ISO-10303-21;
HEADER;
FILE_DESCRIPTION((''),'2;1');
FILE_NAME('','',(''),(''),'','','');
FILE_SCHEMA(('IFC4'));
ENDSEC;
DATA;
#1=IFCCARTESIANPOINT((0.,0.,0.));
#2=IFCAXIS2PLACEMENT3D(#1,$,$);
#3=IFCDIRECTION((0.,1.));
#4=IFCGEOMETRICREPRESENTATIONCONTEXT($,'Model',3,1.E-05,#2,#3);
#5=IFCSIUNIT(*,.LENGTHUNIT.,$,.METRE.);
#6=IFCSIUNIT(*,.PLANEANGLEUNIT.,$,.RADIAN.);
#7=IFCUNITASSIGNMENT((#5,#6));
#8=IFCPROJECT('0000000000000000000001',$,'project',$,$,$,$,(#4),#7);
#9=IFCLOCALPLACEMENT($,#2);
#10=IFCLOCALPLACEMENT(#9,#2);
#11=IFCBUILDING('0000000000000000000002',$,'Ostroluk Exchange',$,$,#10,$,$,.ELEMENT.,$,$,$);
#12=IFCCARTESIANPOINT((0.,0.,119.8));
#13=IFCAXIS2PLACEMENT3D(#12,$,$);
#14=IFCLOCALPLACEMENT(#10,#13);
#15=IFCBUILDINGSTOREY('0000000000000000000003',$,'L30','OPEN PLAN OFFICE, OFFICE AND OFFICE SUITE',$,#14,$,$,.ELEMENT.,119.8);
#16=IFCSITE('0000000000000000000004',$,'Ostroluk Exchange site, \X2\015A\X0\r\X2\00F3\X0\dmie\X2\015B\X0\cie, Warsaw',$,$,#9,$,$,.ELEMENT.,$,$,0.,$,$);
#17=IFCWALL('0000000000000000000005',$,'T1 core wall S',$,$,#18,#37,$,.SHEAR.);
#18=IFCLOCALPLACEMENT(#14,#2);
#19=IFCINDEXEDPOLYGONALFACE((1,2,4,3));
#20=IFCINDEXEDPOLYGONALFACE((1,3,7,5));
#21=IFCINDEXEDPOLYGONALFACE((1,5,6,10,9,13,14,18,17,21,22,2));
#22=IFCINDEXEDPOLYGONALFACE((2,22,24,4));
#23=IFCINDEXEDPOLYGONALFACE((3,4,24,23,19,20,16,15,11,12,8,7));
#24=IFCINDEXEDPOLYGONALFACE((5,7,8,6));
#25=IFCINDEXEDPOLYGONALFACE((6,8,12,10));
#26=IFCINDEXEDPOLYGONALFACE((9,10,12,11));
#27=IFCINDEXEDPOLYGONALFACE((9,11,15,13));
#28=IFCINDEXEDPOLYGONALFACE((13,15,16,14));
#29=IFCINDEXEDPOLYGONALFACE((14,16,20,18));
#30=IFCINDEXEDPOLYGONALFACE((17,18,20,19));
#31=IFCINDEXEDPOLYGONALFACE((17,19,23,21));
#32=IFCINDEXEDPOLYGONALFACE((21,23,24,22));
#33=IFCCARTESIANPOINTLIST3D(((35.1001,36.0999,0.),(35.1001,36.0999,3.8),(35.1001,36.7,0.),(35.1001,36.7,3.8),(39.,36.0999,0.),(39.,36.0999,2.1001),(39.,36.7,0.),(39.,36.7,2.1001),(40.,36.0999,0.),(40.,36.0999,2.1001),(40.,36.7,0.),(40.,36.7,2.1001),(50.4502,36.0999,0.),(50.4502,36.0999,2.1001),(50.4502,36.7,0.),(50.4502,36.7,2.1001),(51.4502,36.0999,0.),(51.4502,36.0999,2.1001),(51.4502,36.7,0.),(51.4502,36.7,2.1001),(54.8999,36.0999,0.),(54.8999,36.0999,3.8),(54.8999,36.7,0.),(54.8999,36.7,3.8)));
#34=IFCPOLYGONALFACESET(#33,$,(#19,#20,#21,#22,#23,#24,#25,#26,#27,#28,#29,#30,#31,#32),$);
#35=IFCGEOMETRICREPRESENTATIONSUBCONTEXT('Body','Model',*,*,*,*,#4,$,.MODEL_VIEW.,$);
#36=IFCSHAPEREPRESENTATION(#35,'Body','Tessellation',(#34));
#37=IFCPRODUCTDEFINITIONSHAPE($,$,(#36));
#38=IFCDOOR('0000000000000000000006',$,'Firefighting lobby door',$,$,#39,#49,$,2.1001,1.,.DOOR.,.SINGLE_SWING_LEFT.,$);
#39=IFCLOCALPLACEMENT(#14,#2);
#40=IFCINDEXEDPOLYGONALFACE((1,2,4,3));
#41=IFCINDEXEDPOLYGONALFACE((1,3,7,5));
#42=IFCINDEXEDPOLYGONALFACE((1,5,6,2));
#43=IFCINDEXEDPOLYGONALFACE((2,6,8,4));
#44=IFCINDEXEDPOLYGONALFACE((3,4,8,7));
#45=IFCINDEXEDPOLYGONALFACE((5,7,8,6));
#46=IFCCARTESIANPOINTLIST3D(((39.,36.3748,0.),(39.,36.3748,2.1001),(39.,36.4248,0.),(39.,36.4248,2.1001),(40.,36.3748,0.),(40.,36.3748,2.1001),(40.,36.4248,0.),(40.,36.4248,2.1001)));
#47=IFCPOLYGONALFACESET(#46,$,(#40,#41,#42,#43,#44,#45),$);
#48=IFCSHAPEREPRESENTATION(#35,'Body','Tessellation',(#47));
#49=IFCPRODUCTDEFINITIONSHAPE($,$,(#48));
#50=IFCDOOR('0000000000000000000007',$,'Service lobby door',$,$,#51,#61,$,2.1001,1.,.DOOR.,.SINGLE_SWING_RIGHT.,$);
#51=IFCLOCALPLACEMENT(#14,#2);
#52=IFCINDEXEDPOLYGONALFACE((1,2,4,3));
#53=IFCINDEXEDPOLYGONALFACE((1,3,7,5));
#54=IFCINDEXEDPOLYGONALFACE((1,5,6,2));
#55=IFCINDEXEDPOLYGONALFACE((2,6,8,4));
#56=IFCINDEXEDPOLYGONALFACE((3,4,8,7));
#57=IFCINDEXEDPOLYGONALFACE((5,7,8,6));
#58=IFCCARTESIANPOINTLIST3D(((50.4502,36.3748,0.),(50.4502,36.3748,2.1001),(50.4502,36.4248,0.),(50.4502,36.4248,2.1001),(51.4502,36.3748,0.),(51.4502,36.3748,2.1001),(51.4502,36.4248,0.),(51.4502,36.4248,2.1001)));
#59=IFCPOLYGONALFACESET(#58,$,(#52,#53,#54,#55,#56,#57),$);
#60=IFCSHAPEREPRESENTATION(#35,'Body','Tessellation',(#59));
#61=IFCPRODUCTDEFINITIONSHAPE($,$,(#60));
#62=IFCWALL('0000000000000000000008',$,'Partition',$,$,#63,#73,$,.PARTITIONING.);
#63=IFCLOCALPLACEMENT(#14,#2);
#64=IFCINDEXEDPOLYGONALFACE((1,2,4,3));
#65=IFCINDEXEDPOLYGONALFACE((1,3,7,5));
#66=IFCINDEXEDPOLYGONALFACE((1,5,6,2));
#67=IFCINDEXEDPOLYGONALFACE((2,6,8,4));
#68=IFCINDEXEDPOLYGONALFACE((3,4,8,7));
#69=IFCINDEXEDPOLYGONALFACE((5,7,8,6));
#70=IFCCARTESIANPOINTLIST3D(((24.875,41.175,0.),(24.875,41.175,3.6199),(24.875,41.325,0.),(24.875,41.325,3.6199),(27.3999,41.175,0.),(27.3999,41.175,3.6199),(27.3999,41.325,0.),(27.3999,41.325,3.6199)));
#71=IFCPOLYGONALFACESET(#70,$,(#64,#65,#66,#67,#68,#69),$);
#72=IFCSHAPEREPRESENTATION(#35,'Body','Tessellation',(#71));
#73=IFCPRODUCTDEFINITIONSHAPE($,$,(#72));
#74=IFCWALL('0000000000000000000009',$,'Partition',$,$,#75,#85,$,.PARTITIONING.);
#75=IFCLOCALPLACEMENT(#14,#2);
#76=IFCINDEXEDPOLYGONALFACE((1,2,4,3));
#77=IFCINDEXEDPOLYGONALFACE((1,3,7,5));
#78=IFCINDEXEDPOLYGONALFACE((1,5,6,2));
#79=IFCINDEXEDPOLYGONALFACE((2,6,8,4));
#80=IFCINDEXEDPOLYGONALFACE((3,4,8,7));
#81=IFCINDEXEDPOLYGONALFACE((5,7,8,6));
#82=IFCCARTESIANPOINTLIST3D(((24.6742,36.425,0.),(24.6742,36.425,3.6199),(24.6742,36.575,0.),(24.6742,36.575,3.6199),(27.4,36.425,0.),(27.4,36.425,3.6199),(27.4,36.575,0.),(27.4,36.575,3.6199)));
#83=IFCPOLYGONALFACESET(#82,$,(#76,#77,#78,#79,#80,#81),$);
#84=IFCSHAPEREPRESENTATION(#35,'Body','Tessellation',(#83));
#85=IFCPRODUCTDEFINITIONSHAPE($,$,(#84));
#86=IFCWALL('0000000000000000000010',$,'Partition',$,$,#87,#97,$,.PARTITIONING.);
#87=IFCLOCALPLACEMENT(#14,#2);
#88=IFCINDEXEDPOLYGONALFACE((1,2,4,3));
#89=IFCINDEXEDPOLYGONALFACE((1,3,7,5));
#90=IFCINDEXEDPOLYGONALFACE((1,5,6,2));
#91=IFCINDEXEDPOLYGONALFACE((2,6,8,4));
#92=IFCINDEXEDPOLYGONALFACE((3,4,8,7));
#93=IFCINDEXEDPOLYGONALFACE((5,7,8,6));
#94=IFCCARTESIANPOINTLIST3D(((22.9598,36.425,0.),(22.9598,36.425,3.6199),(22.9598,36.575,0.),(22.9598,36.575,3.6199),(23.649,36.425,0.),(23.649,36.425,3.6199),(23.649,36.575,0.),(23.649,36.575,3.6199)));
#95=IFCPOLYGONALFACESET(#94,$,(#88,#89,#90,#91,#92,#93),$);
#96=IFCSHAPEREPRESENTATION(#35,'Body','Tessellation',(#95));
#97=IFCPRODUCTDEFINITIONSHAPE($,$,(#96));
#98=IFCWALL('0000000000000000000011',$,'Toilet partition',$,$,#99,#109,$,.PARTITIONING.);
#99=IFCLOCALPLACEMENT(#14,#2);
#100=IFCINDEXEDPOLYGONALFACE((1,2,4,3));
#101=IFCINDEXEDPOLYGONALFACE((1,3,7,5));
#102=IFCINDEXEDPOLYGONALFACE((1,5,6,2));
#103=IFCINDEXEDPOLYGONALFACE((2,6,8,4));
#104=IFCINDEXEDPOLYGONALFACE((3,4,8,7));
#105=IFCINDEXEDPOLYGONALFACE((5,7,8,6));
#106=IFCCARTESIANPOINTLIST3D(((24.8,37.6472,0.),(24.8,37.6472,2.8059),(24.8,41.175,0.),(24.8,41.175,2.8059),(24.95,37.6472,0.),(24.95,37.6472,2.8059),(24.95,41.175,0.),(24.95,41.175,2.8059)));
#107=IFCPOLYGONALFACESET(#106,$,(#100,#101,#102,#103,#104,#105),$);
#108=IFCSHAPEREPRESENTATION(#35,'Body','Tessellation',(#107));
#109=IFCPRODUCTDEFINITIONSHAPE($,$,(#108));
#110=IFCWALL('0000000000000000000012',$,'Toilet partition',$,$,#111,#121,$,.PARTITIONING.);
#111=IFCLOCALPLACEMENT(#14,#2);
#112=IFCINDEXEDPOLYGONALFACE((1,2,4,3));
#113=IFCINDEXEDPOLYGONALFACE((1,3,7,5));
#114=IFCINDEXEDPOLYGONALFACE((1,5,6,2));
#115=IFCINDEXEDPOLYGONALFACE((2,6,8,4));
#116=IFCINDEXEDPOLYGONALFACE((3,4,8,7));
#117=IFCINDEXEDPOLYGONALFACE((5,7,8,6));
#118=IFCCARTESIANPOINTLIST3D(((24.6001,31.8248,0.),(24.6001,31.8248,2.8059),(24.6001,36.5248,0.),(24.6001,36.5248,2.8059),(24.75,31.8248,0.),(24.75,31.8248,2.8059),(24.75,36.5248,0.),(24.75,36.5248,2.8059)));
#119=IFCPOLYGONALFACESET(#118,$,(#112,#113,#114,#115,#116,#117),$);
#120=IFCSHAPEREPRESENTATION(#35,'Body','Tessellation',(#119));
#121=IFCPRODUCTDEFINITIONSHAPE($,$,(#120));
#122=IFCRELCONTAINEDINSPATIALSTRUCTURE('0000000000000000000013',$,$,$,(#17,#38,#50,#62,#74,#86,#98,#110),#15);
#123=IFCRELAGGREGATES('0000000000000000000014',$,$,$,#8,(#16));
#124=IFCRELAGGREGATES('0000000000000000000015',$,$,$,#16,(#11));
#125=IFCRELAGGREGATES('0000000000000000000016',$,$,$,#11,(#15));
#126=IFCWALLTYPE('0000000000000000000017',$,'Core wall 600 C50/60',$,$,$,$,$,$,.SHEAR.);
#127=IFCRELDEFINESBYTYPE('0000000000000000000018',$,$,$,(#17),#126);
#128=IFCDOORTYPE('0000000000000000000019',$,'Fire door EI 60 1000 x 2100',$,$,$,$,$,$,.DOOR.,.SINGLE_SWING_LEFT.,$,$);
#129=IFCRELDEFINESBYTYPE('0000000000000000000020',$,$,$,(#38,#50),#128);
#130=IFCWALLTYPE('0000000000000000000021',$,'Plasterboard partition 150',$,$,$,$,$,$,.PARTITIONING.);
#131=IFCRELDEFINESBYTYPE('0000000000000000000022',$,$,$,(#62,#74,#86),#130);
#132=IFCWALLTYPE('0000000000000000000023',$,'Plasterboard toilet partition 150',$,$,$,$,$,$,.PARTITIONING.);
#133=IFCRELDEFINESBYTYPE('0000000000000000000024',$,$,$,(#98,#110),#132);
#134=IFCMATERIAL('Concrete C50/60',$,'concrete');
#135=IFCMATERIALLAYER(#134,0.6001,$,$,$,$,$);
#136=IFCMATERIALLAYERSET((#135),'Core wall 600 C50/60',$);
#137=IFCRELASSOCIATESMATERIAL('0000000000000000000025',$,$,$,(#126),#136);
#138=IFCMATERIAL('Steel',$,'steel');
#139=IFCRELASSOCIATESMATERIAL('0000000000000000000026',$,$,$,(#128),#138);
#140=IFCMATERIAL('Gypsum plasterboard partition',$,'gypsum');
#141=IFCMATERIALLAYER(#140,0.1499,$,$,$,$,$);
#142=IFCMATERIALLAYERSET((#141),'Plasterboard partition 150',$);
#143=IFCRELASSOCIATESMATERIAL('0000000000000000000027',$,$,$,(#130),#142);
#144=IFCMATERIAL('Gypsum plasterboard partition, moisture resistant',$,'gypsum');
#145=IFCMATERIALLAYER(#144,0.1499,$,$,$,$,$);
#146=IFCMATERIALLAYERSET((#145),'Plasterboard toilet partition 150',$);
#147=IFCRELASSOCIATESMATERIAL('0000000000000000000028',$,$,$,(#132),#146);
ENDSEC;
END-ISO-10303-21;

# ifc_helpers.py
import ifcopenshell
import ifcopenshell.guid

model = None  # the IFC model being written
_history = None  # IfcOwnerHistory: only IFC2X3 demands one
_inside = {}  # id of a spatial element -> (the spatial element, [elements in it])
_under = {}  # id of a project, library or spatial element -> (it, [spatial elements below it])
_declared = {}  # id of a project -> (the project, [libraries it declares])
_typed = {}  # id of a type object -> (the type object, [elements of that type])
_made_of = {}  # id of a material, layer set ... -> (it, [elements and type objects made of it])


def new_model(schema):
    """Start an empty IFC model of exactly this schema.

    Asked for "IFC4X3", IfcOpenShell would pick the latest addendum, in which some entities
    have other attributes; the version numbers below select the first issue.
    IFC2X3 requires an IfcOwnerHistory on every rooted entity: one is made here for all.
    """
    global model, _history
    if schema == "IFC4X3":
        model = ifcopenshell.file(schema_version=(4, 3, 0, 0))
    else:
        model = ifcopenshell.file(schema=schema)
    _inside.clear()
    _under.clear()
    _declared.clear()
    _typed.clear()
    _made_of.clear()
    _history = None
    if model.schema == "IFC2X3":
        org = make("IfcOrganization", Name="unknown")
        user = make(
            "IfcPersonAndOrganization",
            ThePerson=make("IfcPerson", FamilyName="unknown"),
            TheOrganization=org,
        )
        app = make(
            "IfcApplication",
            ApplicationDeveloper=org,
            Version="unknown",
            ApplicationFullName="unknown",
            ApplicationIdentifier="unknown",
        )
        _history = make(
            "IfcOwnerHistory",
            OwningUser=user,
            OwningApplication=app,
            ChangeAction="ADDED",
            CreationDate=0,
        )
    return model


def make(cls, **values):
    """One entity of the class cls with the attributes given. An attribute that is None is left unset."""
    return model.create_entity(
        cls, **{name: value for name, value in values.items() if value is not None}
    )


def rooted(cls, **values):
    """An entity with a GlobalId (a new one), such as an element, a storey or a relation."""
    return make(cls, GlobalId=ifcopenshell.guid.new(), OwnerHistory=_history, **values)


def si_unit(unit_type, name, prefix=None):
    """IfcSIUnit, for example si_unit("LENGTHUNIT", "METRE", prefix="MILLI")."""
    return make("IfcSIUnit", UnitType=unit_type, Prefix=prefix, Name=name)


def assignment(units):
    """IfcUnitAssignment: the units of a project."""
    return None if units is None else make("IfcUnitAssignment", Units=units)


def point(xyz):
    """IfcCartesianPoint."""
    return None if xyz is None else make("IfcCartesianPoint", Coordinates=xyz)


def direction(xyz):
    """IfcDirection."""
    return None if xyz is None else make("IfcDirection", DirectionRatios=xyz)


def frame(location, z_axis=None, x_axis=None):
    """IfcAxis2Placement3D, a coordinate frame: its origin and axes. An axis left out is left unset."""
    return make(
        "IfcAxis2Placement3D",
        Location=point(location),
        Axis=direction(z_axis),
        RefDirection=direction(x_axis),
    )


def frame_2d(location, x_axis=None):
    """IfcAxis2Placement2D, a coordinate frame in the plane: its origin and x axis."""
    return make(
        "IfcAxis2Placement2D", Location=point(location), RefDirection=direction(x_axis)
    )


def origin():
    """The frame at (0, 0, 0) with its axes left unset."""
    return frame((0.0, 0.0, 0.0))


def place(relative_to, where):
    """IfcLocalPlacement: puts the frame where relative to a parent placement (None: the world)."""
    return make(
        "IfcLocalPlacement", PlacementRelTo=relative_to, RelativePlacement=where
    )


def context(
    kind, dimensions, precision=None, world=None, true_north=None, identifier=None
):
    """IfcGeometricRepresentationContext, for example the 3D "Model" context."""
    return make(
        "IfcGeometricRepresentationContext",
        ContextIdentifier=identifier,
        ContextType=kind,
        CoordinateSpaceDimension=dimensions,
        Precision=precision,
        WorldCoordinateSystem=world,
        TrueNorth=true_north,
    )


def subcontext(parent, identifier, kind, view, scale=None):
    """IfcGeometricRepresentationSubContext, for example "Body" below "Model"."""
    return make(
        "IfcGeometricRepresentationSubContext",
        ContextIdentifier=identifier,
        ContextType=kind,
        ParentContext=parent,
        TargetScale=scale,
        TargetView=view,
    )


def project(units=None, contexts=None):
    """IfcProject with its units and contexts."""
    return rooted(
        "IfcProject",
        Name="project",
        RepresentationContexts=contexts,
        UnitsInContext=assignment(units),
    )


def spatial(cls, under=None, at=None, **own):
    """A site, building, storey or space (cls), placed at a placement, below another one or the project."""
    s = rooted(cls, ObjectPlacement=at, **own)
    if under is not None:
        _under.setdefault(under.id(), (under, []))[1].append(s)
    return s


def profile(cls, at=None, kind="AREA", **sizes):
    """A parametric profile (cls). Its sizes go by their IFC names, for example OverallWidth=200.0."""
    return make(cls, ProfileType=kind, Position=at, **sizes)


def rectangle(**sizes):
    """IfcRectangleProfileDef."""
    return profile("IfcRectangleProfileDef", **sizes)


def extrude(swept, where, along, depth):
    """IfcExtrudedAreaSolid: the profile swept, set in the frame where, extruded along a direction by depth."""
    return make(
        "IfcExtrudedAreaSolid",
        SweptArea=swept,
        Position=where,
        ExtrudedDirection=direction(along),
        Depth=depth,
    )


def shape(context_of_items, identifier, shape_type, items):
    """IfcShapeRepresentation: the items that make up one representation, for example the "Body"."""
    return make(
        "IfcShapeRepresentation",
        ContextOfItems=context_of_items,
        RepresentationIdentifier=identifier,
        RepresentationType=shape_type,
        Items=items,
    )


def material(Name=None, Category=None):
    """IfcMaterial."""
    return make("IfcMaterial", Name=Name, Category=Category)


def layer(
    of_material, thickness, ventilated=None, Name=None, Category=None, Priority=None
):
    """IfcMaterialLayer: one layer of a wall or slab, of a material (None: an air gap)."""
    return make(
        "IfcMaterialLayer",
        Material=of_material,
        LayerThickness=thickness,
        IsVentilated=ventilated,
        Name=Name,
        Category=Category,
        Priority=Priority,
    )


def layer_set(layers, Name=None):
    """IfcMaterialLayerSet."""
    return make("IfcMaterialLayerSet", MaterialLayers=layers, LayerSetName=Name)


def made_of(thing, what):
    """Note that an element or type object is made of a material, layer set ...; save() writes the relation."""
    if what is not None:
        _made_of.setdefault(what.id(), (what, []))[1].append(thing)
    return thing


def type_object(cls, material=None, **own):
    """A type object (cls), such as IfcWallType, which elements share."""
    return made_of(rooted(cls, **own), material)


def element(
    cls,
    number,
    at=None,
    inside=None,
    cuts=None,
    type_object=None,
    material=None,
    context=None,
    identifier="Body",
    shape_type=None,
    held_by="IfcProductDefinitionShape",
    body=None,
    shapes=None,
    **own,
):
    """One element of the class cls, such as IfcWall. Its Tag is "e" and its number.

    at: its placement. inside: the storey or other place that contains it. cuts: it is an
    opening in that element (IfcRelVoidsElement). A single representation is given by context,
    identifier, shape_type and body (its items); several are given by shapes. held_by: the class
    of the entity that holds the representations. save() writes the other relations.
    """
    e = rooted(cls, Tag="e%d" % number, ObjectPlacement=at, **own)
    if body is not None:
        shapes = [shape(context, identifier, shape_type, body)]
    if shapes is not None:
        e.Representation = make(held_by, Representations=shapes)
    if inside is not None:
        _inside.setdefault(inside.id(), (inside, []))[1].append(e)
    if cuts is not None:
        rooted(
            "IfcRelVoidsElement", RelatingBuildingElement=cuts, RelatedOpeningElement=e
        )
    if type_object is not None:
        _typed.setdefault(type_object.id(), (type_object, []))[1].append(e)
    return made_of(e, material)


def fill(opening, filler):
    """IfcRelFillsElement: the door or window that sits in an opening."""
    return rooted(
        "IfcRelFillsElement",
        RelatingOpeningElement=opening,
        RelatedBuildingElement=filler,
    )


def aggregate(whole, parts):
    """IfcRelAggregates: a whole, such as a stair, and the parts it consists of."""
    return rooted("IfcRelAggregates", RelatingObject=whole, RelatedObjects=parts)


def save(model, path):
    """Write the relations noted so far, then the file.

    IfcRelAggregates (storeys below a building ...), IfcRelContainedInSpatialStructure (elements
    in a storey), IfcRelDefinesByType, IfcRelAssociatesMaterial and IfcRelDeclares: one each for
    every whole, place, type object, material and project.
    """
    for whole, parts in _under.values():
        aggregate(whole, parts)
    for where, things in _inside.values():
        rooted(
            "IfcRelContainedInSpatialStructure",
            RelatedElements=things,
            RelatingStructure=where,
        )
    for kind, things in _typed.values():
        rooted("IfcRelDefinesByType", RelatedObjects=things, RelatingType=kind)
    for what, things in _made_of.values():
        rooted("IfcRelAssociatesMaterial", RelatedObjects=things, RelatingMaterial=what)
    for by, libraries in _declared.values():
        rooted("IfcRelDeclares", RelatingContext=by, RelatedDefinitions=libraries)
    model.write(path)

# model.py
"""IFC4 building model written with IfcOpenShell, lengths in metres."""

from ifc_helpers import new_model, si_unit, direction, frame, frame_2d, origin, place, context, subcontext, project, spatial, rectangle, extrude, material, layer, layer_set, type_object, element, fill, save


model = new_model("IFC4")

# Units and contexts
model_context = context("Model", 3, precision=1e-05, world=origin(), true_north=direction((0.0, 1.0)))
body_context = subcontext(model_context, "Body", "Model", "MODEL_VIEW")
ifc_project = project(units=[si_unit("LENGTHUNIT", "METRE"), si_unit("PLANEANGLEUNIT", "RADIAN")], contexts=[model_context])

# Site, building, storey
site_placement = place(None, origin())
site = spatial("IfcSite", under=ifc_project, at=site_placement, Name="Ostroluk Exchange site, Śródmieście, Warsaw", CompositionType="ELEMENT", RefElevation=0.0)
building_placement = place(site_placement, origin())
building = spatial("IfcBuilding", under=site, at=building_placement, Name="Ostroluk Exchange", CompositionType="ELEMENT")
storey_placement = place(building_placement, frame((0.0, 0.0, 119.8)))
storey = spatial("IfcBuildingStorey", under=building, at=storey_placement, Name="L30", Description="OPEN PLAN OFFICE, OFFICE AND OFFICE SUITE", CompositionType="ELEMENT", Elevation=119.8)

# Wall, openings, doors
ifc_material_1 = material(Name="Concrete C50/60", Category="concrete")
ifc_layer_1 = layer(ifc_material_1, 0.6001)
ifc_layer_set_1 = layer_set([ifc_layer_1], Name="Core wall 600 C50/60")
wall_type_1 = type_object("IfcWallType", Name="Core wall 600 C50/60", PredefinedType="SHEAR", material=ifc_layer_set_1)
wall_1_placement = place(storey_placement, frame((35.1001, 36.3999, 0.0), z_axis=(0.0, 0.0, 1.0), x_axis=(1.0, 0.0, 0.0)))
wall_1 = element("IfcWall", 1, at=wall_1_placement, inside=storey, type_object=wall_type_1, Name="T1 core wall S", PredefinedType="SHEAR", context=body_context, shape_type="SweptSolid", body=[
    extrude(rectangle(XDim=19.7998, YDim=0.6001, at=frame_2d((9.8999, 0.0))), origin(), (0.0, 0.0, 1.0), 3.8),
])
opening_1_placement = place(wall_1_placement, frame((3.8999, 0.0, 0.0)))
opening_1 = element("IfcOpeningElement", 2, at=opening_1_placement, cuts=wall_1, PredefinedType="OPENING", context=body_context, shape_type="SweptSolid", body=[
    extrude(rectangle(XDim=1.0, YDim=2.1001, at=frame_2d((0.5, 1.05))), frame((0.0, 0.3101, 0.0), z_axis=(0.0, -1.0, 0.0), x_axis=(1.0, 0.0, 0.0)), (0.0, 0.0, 1.0), 0.6201),
])
opening_2_placement = place(wall_1_placement, frame((15.3501, 0.0, 0.0)))
opening_2 = element("IfcOpeningElement", 3, at=opening_2_placement, cuts=wall_1, PredefinedType="OPENING", context=body_context, shape_type="SweptSolid", body=[
    extrude(rectangle(XDim=1.0, YDim=2.1001, at=frame_2d((0.5, 1.05))), frame((0.0, 0.3101, 0.0), z_axis=(0.0, -1.0, 0.0), x_axis=(1.0, 0.0, 0.0)), (0.0, 0.0, 1.0), 0.6201),
])
ifc_material_2 = material(Name="Steel", Category="steel")
door_type_1 = type_object("IfcDoorType", Name="Fire door EI 60 1000 x 2100", OperationType="SINGLE_SWING_LEFT", PredefinedType="DOOR", material=ifc_material_2)
door_1_placement = place(opening_1_placement, origin())
door_1 = element("IfcDoor", 4, at=door_1_placement, inside=storey, type_object=door_type_1, Name="Firefighting lobby door", OperationType="SINGLE_SWING_LEFT", OverallHeight=2.1001, OverallWidth=1.0, PredefinedType="DOOR", context=body_context, shape_type="SweptSolid", body=[
    extrude(rectangle(XDim=1.0, YDim=2.1001, at=frame_2d((0.5, 1.05))), frame((0.0, 0.0249, 0.0), z_axis=(0.0, -1.0, 0.0), x_axis=(1.0, 0.0, 0.0)), (0.0, 0.0, 1.0), 0.05),
])
fill(opening_1, door_1)
door_2_placement = place(opening_2_placement, origin())
door_2 = element("IfcDoor", 5, at=door_2_placement, inside=storey, type_object=door_type_1, Name="Service lobby door", OperationType="SINGLE_SWING_RIGHT", OverallHeight=2.1001, OverallWidth=1.0, PredefinedType="DOOR", context=body_context, shape_type="SweptSolid", body=[
    extrude(rectangle(XDim=1.0, YDim=2.1001, at=frame_2d((0.5, 1.05))), frame((0.0, 0.0249, 0.0), z_axis=(0.0, -1.0, 0.0), x_axis=(1.0, 0.0, 0.0)), (0.0, 0.0, 1.0), 0.05),
])
fill(opening_2, door_2)

# Walls
ifc_material_3 = material(Name="Gypsum plasterboard partition", Category="gypsum")
ifc_layer_2 = layer(ifc_material_3, 0.1499)
ifc_layer_set_2 = layer_set([ifc_layer_2], Name="Plasterboard partition 150")
wall_type_2 = type_object("IfcWallType", Name="Plasterboard partition 150", PredefinedType="PARTITIONING", material=ifc_layer_set_2)
wall_2_placement = place(storey_placement, frame((27.3999, 41.25, 0.0), z_axis=(0.0, 0.0, 1.0), x_axis=(-1.0, 0.0, 0.0)))
element("IfcWall", 6, at=wall_2_placement, inside=storey, type_object=wall_type_2, Name="Partition", PredefinedType="PARTITIONING", context=body_context, shape_type="SweptSolid", body=[
    extrude(rectangle(XDim=2.5249, YDim=0.1499, at=frame_2d((1.2625, 0.0))), origin(), (0.0, 0.0, 1.0), 3.6199),
])
wall_3_placement = place(storey_placement, frame((27.3999, 36.5, 0.0), z_axis=(0.0, 0.0, 1.0), x_axis=(-1.0, 0.0, 0.0)))
element("IfcWall", 7, at=wall_3_placement, inside=storey, type_object=wall_type_2, Name="Partition", PredefinedType="PARTITIONING", context=body_context, shape_type="SweptSolid", body=[
    extrude(rectangle(XDim=2.7258, YDim=0.1499, at=frame_2d((1.3628, 0.0))), origin(), (0.0, 0.0, 1.0), 3.6199),
])
wall_4_placement = place(storey_placement, frame((23.6492, 36.5, 0.0), z_axis=(0.0, 0.0, 1.0), x_axis=(-1.0, 0.0, 0.0)))
element("IfcWall", 8, at=wall_4_placement, inside=storey, type_object=wall_type_2, Name="Partition", PredefinedType="PARTITIONING", context=body_context, shape_type="SweptSolid", body=[
    extrude(rectangle(XDim=0.6892, YDim=0.1499, at=frame_2d((0.3447, 0.0))), origin(), (0.0, 0.0, 1.0), 3.6199),
])
ifc_material_4 = material(Name="Gypsum plasterboard partition, moisture resistant", Category="gypsum")
ifc_layer_3 = layer(ifc_material_4, 0.1499)
ifc_layer_set_3 = layer_set([ifc_layer_3], Name="Plasterboard toilet partition 150")
wall_type_3 = type_object("IfcWallType", Name="Plasterboard toilet partition 150", PredefinedType="PARTITIONING", material=ifc_layer_set_3)
wall_5_placement = place(storey_placement, frame((24.875, 41.175, 0.0), z_axis=(0.0, 0.0, 1.0), x_axis=(0.0, -1.0, 0.0)))
element("IfcWall", 9, at=wall_5_placement, inside=storey, type_object=wall_type_3, Name="Toilet partition", PredefinedType="PARTITIONING", context=body_context, shape_type="SweptSolid", body=[
    extrude(rectangle(XDim=3.5278, YDim=0.1499, at=frame_2d((1.7639, 0.0))), origin(), (0.0, 0.0, 1.0), 2.8059),
])
wall_6_placement = place(storey_placement, frame((24.675, 36.5249, 0.0), z_axis=(0.0, 0.0, 1.0), x_axis=(0.0, -1.0, 0.0)))
element("IfcWall", 10, at=wall_6_placement, inside=storey, type_object=wall_type_3, Name="Toilet partition", PredefinedType="PARTITIONING", context=body_context, shape_type="SweptSolid", body=[
    extrude(rectangle(XDim=4.7, YDim=0.1499, at=frame_2d((2.3501, 0.0))), origin(), (0.0, 0.0, 1.0), 2.8059),
])

save(model, "model.ifc")
